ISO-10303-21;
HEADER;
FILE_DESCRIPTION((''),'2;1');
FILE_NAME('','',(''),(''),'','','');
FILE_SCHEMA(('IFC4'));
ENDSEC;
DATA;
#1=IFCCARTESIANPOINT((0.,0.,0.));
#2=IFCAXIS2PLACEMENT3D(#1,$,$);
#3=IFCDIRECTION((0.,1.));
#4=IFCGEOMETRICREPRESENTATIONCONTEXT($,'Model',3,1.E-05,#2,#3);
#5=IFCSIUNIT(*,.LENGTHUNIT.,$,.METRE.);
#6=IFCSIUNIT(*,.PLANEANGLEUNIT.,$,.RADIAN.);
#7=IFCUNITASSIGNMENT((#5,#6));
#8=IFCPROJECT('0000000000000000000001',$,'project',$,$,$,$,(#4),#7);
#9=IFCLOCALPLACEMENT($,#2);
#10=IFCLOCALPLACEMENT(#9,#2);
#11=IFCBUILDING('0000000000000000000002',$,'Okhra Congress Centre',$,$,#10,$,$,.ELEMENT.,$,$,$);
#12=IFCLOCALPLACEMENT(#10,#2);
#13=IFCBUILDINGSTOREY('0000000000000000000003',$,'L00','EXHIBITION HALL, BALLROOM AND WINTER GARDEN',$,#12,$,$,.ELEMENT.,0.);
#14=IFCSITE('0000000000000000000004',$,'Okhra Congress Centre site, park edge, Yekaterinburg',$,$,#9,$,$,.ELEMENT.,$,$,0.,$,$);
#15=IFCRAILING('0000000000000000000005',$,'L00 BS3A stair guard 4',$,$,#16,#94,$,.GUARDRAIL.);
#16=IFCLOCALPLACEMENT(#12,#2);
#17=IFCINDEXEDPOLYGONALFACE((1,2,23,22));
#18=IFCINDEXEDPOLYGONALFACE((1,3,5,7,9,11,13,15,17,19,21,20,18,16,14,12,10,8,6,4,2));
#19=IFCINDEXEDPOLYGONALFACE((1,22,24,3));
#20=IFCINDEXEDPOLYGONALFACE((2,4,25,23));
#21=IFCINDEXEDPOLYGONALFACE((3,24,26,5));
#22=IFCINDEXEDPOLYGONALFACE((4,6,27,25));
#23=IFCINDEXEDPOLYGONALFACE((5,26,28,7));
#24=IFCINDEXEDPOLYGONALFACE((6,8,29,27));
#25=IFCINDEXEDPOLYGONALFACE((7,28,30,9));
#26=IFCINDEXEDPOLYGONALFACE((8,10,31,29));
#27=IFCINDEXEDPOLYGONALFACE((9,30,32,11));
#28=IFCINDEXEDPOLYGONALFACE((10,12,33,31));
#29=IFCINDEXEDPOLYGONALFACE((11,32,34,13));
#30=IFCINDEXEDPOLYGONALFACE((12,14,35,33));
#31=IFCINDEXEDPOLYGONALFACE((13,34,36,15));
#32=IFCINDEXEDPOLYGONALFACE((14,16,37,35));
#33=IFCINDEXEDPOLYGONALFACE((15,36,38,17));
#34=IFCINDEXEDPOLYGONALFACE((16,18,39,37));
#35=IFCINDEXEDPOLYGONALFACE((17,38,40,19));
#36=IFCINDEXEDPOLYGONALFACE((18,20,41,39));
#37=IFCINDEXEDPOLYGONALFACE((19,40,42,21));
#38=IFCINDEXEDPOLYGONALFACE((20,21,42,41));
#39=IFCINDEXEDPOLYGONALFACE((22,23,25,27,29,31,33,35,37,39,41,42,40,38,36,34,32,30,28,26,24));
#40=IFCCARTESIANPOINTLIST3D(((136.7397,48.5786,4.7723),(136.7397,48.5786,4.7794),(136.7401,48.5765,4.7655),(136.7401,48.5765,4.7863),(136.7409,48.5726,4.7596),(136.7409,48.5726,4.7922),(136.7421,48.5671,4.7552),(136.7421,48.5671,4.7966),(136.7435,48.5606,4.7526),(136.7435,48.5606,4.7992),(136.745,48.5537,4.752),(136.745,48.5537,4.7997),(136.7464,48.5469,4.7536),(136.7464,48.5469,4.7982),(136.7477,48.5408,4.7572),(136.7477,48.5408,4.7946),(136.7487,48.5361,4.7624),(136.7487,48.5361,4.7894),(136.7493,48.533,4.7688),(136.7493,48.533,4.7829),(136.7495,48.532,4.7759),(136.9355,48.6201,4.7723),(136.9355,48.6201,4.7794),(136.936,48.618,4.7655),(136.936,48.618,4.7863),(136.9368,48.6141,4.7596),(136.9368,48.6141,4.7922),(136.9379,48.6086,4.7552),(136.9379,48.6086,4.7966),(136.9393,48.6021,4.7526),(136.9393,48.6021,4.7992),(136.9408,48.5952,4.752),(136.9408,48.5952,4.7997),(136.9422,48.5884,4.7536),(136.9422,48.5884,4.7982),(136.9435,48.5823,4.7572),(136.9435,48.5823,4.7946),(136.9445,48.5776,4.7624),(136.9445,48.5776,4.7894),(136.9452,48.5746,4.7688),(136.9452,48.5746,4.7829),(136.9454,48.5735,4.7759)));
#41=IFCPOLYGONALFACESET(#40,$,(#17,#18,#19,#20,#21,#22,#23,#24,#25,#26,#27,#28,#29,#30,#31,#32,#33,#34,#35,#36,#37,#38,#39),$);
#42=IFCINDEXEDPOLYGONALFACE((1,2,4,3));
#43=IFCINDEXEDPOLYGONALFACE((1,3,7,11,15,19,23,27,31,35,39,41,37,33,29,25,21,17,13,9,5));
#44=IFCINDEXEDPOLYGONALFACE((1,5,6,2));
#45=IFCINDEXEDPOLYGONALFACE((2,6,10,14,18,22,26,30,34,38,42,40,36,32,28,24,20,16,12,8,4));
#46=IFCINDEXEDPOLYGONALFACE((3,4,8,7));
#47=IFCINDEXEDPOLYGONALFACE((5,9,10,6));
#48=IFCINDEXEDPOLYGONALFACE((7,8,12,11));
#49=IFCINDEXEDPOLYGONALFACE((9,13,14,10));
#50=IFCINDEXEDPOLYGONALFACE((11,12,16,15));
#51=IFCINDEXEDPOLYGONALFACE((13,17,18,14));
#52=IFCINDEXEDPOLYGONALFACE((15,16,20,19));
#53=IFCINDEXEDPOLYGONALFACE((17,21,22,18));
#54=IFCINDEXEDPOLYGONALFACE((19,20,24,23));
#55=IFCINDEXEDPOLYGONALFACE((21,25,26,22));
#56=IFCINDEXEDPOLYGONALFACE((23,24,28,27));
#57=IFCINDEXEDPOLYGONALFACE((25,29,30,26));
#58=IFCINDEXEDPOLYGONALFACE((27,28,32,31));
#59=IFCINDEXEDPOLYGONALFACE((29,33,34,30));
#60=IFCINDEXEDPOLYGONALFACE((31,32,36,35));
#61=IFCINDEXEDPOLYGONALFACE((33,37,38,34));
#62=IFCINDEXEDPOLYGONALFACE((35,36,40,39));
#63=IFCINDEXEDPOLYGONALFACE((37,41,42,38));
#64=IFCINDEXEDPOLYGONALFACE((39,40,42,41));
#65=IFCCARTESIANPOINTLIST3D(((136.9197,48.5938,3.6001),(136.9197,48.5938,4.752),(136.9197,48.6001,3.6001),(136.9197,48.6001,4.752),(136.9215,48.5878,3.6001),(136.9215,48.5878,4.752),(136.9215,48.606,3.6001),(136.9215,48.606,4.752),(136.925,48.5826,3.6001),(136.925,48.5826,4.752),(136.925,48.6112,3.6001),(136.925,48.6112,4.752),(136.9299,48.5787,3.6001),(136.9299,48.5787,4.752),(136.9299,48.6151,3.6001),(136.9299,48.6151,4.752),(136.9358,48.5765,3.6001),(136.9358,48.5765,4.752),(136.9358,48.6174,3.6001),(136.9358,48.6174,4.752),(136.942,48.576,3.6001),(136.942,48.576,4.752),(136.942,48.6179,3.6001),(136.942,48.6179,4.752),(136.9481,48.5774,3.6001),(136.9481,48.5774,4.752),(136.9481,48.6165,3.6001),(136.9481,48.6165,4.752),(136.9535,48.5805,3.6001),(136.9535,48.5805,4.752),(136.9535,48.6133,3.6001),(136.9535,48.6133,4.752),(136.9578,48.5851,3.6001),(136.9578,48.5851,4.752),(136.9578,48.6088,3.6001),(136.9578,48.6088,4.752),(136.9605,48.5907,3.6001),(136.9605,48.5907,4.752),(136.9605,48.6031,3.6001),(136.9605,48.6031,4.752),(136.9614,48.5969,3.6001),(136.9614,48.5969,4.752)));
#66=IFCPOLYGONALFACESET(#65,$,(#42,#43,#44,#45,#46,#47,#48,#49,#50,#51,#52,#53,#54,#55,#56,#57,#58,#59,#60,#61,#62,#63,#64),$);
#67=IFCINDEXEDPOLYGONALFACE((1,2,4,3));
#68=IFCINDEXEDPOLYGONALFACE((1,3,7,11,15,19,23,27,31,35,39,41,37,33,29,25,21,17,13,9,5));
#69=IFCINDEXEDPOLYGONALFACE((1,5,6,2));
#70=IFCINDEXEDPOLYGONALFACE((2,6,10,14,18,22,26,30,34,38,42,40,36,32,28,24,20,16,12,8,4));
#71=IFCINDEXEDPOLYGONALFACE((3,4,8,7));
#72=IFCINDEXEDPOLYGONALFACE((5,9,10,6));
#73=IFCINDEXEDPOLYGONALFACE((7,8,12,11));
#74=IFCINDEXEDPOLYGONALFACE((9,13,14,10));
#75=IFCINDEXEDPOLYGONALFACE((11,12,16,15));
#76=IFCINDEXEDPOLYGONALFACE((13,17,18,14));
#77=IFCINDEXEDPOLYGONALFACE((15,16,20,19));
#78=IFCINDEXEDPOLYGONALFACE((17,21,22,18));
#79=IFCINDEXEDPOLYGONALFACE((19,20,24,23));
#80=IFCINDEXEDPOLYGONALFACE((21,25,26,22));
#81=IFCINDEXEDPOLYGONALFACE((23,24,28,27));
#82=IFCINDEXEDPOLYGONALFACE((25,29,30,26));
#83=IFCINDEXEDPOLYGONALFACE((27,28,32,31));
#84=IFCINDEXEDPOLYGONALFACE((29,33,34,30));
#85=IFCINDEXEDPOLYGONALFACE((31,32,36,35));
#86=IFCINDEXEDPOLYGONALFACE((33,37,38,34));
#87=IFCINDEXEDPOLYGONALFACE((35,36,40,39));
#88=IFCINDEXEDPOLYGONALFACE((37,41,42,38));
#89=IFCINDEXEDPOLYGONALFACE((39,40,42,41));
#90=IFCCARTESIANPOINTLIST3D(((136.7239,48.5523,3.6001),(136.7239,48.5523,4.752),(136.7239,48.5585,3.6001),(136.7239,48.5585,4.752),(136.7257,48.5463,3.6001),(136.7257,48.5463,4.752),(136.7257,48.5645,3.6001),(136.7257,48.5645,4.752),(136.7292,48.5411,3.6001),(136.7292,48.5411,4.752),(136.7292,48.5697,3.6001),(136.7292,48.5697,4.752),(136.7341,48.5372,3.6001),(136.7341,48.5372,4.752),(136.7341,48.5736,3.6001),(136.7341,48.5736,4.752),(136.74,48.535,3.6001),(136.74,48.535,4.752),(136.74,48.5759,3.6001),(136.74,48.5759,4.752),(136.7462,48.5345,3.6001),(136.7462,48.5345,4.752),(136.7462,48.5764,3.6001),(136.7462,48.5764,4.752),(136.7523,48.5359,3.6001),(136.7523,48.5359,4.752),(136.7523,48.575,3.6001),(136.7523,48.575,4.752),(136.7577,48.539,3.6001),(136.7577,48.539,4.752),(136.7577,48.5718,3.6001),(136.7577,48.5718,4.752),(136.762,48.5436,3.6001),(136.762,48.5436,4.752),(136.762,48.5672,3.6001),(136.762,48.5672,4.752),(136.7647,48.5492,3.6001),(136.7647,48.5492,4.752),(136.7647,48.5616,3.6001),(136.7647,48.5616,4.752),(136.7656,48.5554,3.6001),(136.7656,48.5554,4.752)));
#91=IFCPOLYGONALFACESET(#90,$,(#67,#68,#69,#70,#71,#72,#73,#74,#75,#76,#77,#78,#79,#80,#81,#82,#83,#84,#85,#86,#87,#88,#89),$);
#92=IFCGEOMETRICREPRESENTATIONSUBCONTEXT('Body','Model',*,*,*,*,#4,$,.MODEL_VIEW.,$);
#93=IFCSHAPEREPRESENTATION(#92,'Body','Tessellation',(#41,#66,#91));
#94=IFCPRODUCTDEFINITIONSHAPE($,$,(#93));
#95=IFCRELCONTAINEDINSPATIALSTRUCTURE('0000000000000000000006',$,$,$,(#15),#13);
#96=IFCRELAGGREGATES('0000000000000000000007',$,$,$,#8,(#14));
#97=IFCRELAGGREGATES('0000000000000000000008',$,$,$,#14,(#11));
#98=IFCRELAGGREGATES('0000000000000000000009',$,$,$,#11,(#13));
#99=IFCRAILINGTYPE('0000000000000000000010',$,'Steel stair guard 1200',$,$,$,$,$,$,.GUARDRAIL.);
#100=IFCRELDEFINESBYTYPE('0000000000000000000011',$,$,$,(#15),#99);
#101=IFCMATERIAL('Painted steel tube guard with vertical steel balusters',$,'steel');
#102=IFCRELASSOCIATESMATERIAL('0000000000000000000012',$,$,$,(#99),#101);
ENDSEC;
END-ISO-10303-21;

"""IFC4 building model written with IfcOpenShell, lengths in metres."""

from ifc_helpers import new_model, si_unit, direction, frame, origin, origin_2d, place, context, subcontext, project, spatial, circle, extrude, material, type_object, element, save


model = new_model("IFC4")

# Units and contexts
model_context = context("Model", 3, precision=1e-05, world=origin(), true_north=direction((0.0, 1.0)))
body_context = subcontext(model_context, "Body", "Model", "MODEL_VIEW")
ifc_project = project(units=[si_unit("LENGTHUNIT", "METRE"), si_unit("PLANEANGLEUNIT", "RADIAN")], contexts=[model_context])

# Site, building, storey
site_placement = place(None, origin())
site = spatial("IfcSite", under=ifc_project, at=site_placement, Name="Okhra Congress Centre site, park edge, Yekaterinburg", CompositionType="ELEMENT", RefElevation=0.0)
building_placement = place(site_placement, origin())
building = spatial("IfcBuilding", under=site, at=building_placement, Name="Okhra Congress Centre", CompositionType="ELEMENT")
storey_placement = place(building_placement, origin())
storey = spatial("IfcBuildingStorey", under=building, at=storey_placement, Name="L00", Description="EXHIBITION HALL, BALLROOM AND WINTER GARDEN", CompositionType="ELEMENT", Elevation=0.0)

# Railing
ifc_material_1 = material(Name="Painted steel tube guard with vertical steel balusters", Category="steel")
railing_type_1 = type_object("IfcRailingType", Name="Steel stair guard 1200", PredefinedType="GUARDRAIL", material=ifc_material_1)
railing_1_placement = place(storey_placement, frame((136.9404, 48.5969, 3.6001)))
element("IfcRailing", 1, at=railing_1_placement, inside=storey, type_object=railing_type_1, Name="L00 BS3A stair guard 4", PredefinedType="GUARDRAIL", context=body_context, shape_type="SweptSolid", body=[
    extrude(circle(Radius=0.0239, at=origin_2d()), frame((0.0, 0.0, 1.1758), z_axis=(-0.978264, -0.207363, 0.0), x_axis=(0.207363, -0.978264, 0.0)), (0.0, 0.0, 1.0), 0.2002),
    extrude(circle(Radius=0.021, at=origin_2d()), origin(), (0.0, 0.0, 1.0), 1.1519),
    extrude(circle(Radius=0.021, at=origin_2d()), frame((-0.1958, -0.0415, 0.0)), (0.0, 0.0, 1.0), 1.1519),
])

save(model, "model.ifc")
